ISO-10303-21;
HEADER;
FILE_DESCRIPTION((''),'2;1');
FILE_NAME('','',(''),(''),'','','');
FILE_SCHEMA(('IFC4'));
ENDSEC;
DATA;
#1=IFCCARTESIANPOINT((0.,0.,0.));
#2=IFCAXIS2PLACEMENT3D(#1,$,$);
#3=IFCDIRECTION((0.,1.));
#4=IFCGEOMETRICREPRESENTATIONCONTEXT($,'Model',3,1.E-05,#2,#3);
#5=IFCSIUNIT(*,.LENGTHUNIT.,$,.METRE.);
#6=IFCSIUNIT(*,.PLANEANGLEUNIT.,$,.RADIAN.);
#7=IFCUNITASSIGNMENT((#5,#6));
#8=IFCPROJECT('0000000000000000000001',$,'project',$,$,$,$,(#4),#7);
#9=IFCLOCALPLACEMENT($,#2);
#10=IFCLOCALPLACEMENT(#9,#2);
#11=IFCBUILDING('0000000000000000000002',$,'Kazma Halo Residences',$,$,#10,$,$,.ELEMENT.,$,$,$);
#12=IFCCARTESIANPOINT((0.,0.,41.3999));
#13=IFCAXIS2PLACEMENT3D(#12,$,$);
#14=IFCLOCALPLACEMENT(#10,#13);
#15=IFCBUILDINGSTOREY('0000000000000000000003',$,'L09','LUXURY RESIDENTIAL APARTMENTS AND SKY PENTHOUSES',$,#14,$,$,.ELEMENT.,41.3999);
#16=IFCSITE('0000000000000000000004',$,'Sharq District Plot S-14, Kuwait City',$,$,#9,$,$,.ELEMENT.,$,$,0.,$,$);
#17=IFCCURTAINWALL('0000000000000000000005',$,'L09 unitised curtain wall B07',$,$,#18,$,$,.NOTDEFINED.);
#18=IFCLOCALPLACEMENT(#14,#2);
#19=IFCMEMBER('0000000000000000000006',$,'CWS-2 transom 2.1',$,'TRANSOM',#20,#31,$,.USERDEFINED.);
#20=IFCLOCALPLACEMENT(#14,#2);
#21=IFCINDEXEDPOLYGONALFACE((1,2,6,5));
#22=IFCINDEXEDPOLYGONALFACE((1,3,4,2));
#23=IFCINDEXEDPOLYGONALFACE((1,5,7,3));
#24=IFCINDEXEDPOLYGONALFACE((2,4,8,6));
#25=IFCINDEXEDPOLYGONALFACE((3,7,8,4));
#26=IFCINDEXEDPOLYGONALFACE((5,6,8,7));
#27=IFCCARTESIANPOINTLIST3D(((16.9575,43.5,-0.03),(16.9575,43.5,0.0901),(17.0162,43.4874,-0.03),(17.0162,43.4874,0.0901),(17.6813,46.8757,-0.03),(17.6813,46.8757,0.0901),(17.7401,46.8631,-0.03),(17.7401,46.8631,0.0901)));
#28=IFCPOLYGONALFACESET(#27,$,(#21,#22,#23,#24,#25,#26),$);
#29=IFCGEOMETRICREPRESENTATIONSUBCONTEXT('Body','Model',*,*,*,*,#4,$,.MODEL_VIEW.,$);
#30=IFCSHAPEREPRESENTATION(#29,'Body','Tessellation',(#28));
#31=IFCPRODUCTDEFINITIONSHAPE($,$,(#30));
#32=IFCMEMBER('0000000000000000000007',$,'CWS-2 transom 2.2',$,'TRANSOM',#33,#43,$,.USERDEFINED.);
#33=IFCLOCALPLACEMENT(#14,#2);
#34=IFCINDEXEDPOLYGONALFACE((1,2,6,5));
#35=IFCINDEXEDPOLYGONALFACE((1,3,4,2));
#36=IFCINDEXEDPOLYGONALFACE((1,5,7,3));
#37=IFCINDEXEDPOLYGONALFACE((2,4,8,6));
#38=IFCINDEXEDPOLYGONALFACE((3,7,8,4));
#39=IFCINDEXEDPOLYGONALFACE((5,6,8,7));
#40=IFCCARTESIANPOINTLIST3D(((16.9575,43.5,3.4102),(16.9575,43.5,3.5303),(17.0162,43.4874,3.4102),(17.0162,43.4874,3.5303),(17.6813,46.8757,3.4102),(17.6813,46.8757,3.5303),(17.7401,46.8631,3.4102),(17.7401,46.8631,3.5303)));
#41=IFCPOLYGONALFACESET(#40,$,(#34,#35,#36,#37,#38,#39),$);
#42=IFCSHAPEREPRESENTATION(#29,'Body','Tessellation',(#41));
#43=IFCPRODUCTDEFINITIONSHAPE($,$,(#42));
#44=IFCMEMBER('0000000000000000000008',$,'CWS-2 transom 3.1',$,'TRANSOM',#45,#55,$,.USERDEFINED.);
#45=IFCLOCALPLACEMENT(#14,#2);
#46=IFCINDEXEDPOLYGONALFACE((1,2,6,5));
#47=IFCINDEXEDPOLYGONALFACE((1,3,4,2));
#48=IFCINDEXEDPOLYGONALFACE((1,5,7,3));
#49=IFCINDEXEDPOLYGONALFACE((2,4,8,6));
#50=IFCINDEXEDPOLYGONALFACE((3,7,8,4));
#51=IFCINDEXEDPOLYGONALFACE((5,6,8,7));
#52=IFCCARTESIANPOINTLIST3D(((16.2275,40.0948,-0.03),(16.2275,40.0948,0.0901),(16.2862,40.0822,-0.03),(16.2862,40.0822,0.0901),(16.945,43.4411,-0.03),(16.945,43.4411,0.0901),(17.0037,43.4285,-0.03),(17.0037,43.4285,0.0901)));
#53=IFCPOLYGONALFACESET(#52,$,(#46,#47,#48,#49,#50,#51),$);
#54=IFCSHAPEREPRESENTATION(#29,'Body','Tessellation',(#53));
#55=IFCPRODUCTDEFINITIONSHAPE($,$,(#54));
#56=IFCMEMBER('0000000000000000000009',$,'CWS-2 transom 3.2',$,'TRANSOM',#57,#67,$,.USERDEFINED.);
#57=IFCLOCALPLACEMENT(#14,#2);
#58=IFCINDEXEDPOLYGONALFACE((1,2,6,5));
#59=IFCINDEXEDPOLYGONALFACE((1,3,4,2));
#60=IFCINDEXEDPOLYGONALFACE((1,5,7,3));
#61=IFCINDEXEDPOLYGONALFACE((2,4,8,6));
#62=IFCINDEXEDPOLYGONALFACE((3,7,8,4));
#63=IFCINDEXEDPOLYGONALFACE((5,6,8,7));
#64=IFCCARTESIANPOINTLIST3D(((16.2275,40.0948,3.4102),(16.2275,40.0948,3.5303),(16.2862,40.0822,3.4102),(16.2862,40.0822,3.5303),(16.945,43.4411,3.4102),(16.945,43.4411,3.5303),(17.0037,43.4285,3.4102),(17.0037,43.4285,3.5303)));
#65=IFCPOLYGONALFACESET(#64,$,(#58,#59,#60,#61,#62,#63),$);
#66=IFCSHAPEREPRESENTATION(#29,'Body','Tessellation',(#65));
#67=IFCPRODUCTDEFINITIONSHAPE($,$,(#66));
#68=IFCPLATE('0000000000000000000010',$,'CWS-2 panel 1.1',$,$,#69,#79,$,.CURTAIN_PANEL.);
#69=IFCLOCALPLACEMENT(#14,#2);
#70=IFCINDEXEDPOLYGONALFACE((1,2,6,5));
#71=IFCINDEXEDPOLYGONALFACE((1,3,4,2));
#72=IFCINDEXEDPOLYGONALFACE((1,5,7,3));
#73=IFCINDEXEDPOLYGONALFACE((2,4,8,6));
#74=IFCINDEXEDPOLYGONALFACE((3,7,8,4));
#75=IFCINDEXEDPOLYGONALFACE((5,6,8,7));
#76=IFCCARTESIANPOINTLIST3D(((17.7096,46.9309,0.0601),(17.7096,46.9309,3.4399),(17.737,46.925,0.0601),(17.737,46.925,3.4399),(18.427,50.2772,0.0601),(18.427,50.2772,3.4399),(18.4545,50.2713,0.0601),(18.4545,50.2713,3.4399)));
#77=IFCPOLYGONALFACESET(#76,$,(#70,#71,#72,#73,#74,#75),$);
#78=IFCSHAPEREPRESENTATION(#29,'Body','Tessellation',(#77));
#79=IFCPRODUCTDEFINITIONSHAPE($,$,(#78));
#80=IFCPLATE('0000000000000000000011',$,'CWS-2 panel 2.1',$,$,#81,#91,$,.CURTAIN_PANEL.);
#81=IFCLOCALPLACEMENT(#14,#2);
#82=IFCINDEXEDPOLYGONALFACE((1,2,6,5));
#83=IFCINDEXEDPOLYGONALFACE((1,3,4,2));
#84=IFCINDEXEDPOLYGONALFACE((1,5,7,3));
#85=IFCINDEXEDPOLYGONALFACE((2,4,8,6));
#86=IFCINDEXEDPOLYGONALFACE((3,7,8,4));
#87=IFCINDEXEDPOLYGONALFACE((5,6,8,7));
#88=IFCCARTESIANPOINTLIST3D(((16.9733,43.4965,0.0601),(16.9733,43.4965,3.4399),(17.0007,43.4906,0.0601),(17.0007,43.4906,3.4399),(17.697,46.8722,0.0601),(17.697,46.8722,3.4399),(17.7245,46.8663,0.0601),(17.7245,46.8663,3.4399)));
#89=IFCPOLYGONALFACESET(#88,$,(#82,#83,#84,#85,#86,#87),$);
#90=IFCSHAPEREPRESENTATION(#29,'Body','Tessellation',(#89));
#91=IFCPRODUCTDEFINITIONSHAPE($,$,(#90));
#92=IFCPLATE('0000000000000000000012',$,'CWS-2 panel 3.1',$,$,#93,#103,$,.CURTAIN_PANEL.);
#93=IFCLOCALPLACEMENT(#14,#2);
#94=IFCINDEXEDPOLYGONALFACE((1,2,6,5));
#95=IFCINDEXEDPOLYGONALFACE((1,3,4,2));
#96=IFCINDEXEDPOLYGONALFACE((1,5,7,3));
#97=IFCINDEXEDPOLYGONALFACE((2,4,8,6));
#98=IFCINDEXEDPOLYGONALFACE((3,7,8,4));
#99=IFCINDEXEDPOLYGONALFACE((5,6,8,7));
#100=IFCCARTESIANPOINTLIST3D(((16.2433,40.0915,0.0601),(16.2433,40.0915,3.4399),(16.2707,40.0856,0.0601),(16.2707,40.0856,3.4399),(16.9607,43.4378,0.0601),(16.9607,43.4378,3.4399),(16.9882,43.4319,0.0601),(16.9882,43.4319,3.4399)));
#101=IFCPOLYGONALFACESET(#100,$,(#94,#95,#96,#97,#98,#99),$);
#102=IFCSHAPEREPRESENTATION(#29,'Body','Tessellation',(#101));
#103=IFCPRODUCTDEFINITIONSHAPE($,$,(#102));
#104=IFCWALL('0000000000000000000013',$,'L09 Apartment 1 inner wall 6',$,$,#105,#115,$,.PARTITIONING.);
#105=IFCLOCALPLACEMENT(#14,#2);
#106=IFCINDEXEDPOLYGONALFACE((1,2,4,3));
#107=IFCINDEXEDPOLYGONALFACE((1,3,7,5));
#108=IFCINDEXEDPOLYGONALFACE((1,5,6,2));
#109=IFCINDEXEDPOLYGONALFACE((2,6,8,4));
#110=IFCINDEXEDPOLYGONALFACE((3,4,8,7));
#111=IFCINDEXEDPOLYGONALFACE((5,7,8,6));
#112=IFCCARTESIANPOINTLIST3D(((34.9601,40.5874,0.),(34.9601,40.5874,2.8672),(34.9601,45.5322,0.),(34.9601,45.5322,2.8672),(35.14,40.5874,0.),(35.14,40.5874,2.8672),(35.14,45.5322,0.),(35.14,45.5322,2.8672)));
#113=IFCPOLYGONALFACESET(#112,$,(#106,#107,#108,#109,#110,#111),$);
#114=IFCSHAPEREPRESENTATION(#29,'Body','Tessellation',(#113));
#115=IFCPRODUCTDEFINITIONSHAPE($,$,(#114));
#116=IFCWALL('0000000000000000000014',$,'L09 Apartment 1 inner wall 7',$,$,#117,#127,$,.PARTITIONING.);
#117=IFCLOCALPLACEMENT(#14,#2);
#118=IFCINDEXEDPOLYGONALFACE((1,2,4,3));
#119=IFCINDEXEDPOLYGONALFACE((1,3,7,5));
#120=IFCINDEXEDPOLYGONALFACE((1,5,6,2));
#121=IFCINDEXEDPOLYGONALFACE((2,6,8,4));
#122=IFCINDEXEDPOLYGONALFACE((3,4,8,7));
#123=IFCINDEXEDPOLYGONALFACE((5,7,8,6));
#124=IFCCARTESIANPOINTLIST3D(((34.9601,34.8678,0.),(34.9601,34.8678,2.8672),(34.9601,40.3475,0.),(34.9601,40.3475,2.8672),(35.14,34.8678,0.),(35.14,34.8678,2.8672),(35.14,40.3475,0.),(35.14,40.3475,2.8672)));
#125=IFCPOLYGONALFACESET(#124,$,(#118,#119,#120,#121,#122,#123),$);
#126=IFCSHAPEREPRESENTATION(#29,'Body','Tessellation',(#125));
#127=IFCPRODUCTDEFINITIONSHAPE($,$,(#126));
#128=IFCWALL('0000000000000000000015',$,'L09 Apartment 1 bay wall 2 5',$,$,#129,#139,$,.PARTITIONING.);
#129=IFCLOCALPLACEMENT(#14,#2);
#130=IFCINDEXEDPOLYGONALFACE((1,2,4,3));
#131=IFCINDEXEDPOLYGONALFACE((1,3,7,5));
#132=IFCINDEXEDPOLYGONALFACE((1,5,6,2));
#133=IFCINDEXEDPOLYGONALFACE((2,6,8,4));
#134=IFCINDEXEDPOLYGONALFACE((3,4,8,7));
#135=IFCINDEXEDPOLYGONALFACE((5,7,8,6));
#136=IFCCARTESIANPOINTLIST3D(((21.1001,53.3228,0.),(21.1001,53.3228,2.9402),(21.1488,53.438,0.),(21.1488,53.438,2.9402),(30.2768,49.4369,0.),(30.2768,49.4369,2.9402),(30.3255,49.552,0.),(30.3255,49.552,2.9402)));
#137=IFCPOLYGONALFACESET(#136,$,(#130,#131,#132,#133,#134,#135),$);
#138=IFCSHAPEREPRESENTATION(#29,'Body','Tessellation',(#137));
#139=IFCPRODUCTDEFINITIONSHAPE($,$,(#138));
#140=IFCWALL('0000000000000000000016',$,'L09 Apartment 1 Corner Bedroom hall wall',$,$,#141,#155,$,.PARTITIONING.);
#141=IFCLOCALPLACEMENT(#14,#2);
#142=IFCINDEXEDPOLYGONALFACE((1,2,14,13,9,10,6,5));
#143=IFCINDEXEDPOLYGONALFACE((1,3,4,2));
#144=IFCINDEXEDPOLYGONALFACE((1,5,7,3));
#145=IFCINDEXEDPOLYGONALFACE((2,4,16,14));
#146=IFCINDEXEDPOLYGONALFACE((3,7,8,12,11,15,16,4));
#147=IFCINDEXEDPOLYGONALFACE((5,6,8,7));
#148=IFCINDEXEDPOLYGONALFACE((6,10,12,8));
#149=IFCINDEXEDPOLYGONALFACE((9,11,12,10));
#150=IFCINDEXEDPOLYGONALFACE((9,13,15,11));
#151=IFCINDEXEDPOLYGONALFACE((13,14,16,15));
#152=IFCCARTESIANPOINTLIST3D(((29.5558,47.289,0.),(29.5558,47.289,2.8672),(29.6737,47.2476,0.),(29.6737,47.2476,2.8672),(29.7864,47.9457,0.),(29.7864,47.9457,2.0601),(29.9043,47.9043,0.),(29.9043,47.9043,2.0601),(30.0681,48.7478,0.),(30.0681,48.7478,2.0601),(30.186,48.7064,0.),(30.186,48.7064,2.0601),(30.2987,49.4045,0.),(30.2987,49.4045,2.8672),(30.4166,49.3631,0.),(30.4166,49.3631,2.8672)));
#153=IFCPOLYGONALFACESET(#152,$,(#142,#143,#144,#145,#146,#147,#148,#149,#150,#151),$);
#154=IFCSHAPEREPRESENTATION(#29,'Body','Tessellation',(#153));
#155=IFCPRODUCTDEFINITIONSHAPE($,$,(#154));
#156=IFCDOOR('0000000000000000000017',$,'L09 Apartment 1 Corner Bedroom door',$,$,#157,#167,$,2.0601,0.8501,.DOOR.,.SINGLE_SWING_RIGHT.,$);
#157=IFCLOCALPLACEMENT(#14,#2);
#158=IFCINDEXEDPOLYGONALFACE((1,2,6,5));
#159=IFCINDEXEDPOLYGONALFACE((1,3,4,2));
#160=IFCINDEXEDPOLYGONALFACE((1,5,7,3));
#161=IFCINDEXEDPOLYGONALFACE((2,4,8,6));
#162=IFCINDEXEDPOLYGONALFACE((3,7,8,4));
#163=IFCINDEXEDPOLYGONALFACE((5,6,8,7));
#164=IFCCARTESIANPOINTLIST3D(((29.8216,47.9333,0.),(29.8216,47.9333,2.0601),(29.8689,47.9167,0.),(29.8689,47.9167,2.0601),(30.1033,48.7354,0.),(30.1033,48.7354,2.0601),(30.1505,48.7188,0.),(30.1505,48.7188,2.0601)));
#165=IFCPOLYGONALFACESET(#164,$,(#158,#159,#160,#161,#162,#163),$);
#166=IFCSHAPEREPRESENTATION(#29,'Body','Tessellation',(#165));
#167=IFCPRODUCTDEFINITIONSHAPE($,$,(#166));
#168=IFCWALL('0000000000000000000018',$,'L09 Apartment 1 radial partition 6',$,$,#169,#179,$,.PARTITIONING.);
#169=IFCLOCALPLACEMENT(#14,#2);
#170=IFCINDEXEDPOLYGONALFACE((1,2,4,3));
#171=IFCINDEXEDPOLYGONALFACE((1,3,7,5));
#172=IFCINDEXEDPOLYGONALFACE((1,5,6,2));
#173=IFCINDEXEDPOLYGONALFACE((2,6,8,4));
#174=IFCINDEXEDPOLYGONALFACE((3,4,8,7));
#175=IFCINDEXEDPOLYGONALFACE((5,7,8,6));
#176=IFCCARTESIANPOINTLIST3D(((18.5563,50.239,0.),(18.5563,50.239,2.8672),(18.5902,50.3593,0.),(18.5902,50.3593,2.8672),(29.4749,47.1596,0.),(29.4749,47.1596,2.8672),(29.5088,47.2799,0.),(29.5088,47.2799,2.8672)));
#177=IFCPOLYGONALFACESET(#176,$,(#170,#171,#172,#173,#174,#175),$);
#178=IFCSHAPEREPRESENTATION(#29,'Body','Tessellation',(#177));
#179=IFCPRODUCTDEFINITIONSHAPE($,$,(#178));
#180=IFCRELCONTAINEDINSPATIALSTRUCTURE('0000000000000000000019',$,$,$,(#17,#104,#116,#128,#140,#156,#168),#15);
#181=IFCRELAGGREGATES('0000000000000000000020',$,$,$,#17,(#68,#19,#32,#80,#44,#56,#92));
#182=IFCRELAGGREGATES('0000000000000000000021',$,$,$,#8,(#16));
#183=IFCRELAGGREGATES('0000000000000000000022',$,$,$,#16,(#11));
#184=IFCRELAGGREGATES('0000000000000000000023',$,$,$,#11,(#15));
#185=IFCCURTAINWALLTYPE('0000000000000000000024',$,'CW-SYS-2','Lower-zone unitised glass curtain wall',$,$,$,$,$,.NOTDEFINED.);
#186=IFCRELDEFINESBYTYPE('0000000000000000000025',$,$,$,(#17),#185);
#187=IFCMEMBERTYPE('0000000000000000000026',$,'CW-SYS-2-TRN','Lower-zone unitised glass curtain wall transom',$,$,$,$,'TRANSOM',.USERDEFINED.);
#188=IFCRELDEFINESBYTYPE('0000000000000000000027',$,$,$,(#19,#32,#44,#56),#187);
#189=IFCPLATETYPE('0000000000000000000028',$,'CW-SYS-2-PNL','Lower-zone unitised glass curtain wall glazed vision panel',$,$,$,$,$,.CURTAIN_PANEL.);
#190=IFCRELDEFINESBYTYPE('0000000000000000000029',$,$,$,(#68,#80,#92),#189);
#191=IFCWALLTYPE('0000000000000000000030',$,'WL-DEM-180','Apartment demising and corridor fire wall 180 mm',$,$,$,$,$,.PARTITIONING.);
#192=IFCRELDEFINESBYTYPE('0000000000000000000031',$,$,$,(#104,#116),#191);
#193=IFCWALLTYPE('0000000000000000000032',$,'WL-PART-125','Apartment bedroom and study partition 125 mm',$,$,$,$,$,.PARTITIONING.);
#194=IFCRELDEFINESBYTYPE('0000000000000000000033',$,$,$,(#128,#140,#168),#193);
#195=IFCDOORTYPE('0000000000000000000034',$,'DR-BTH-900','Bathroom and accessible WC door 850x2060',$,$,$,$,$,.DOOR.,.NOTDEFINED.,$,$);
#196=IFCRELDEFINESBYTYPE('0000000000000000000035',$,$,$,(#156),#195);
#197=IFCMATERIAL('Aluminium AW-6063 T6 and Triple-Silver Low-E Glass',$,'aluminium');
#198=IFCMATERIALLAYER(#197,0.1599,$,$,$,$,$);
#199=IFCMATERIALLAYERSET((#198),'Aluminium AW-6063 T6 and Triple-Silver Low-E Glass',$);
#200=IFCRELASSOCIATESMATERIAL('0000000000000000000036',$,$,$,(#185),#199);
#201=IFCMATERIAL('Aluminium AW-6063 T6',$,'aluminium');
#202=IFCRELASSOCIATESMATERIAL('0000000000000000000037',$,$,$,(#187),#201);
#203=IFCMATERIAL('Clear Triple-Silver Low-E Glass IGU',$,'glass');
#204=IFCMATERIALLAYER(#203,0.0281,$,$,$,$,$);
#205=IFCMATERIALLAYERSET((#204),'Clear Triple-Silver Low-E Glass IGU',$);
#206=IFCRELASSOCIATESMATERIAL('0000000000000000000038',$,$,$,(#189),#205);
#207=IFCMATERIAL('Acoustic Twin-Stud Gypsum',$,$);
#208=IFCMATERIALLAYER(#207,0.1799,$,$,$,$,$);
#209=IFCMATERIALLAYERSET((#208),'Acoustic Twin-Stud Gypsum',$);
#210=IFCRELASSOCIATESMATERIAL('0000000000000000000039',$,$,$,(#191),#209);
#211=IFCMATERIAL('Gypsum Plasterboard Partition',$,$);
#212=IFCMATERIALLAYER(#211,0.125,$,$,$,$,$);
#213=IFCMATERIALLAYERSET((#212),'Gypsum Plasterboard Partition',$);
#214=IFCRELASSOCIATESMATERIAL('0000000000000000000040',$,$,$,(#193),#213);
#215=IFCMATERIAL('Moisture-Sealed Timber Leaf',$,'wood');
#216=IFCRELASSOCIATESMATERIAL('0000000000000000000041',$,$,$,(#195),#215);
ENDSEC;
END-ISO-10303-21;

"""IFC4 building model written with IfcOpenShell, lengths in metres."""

from ifc_helpers import new_model, si_unit, direction, frame, frame_2d, origin, origin_2d, place, context, subcontext, project, spatial, rectangle, extrude, material, layer, layer_set, material_profile, profile_set, type_object, element, fill, aggregate, save


model = new_model("IFC4")

# Units and contexts
model_context = context("Model", 3, precision=1e-05, world=origin(), true_north=direction((0.0, 1.0)))
body_context = subcontext(model_context, "Body", "Model", "MODEL_VIEW")
ifc_project = project(units=[si_unit("LENGTHUNIT", "METRE"), si_unit("PLANEANGLEUNIT", "RADIAN")], contexts=[model_context])

# Site, building, storey
site_placement = place(None, origin())
site = spatial("IfcSite", under=ifc_project, at=site_placement, Name="Sharq District Plot S-14, Kuwait City", CompositionType="ELEMENT", RefElevation=0.0)
building_placement = place(site_placement, origin())
building = spatial("IfcBuilding", under=site, at=building_placement, Name="Kazma Halo Residences", CompositionType="ELEMENT")
storey_placement = place(building_placement, frame((0.0, 0.0, 41.3999)))
storey = spatial("IfcBuildingStorey", under=building, at=storey_placement, Name="L09", Description="LUXURY RESIDENTIAL APARTMENTS AND SKY PENTHOUSES", CompositionType="ELEMENT", Elevation=41.3999)

# Curtain wall, members, plates
ifc_material_1 = material(Name="Aluminium AW-6063 T6 and Triple-Silver Low-E Glass", Category="aluminium")
ifc_layer_1 = layer(ifc_material_1, 0.1599)
ifc_layer_set_1 = layer_set([ifc_layer_1], Name="Aluminium AW-6063 T6 and Triple-Silver Low-E Glass")
curtain_wall_type = type_object("IfcCurtainWallType", Name="CW-SYS-2", Description="Lower-zone unitised glass curtain wall", PredefinedType="NOTDEFINED", material=ifc_layer_set_1)
curtain_wall_placement = place(storey_placement, origin())
curtain_wall = element("IfcCurtainWall", 1, at=curtain_wall_placement, inside=storey, type_object=curtain_wall_type, Name="L09 unitised curtain wall B07", PredefinedType="NOTDEFINED")
ifc_material_2 = material(Name="Aluminium AW-6063 T6", Category="aluminium")
ifc_material_profile_1 = material_profile(ifc_material_2, rectangle(XDim=0.0601, YDim=0.1201, at=origin_2d()), Name="CWT-60x120")
ifc_profile_set_1 = profile_set([ifc_material_profile_1], Name="Aluminium AW-6063 T6")
member_type_1 = type_object("IfcMemberType", Name="CW-SYS-2-TRN", Description="Lower-zone unitised glass curtain wall transom", ElementType="TRANSOM", PredefinedType="USERDEFINED", material=ifc_profile_set_1)
member_1_placement = place(storey_placement, frame((17.7107, 46.8694, 0.03), z_axis=(-0.209669, -0.977772, 0.0), x_axis=(0.977772, -0.209669, 0.0)))
member_1 = element("IfcMember", 2, at=member_1_placement, type_object=member_type_1, Name="CWS-2 transom 2.1", ObjectType="TRANSOM", PredefinedType="USERDEFINED", context=body_context, shape_type="SweptSolid", body=[
    extrude(rectangle(XDim=0.0601, YDim=0.1201, at=origin_2d()), origin(), (0.0, 0.0, 1.0), 3.4524),
])
member_2_placement = place(storey_placement, frame((17.7107, 46.8694, 3.4702), z_axis=(-0.209669, -0.977772, 0.0), x_axis=(0.977772, -0.209669, 0.0)))
member_2 = element("IfcMember", 3, at=member_2_placement, type_object=member_type_1, Name="CWS-2 transom 2.2", ObjectType="TRANSOM", PredefinedType="USERDEFINED", context=body_context, shape_type="SweptSolid", body=[
    extrude(rectangle(XDim=0.0601, YDim=0.1201, at=origin_2d()), origin(), (0.0, 0.0, 1.0), 3.4524),
])
member_3_placement = place(storey_placement, frame((16.9744, 43.4348, 0.03), z_axis=(-0.209666, -0.977773, 0.0), x_axis=(0.977773, -0.209666, 0.0)))
member_3 = element("IfcMember", 4, at=member_3_placement, type_object=member_type_1, Name="CWS-2 transom 3.1", ObjectType="TRANSOM", PredefinedType="USERDEFINED", context=body_context, shape_type="SweptSolid", body=[
    extrude(rectangle(XDim=0.0601, YDim=0.1201, at=origin_2d()), origin(), (0.0, 0.0, 1.0), 3.4224),
])
member_4_placement = place(storey_placement, frame((16.9744, 43.4348, 3.4702), z_axis=(-0.209666, -0.977773, 0.0), x_axis=(0.977773, -0.209666, 0.0)))
member_4 = element("IfcMember", 5, at=member_4_placement, type_object=member_type_1, Name="CWS-2 transom 3.2", ObjectType="TRANSOM", PredefinedType="USERDEFINED", context=body_context, shape_type="SweptSolid", body=[
    extrude(rectangle(XDim=0.0601, YDim=0.1201, at=origin_2d()), origin(), (0.0, 0.0, 1.0), 3.4224),
])
ifc_material_3 = material(Name="Clear Triple-Silver Low-E Glass IGU", Category="glass")
ifc_layer_2 = layer(ifc_material_3, 0.0281)
ifc_layer_set_2 = layer_set([ifc_layer_2], Name="Clear Triple-Silver Low-E Glass IGU")
plate_type = type_object("IfcPlateType", Name="CW-SYS-2-PNL", Description="Lower-zone unitised glass curtain wall glazed vision panel", PredefinedType="CURTAIN_PANEL", material=ifc_layer_set_2)
plate_1_placement = place(storey_placement, frame((18.082, 48.6011, 0.0601), z_axis=(0.0, 0.0, 1.0), x_axis=(-0.209637, -0.977779, 0.0)))
plate_1 = element("IfcPlate", 6, at=plate_1_placement, type_object=plate_type, Name="CWS-2 panel 1.1", PredefinedType="CURTAIN_PANEL", context=body_context, shape_type="SweptSolid", body=[
    extrude(rectangle(XDim=3.4224, YDim=0.0281, at=origin_2d()), origin(), (0.0, 0.0, 1.0), 3.3799),
])
plate_2_placement = place(storey_placement, frame((17.3489, 45.1814, 0.0601), z_axis=(0.0, 0.0, 1.0), x_axis=(-0.209637, -0.977779, 0.0)))
plate_2 = element("IfcPlate", 7, at=plate_2_placement, type_object=plate_type, Name="CWS-2 panel 2.1", PredefinedType="CURTAIN_PANEL", context=body_context, shape_type="SweptSolid", body=[
    extrude(rectangle(XDim=3.4524, YDim=0.0281, at=origin_2d()), origin(), (0.0, 0.0, 1.0), 3.3799),
])
plate_3_placement = place(storey_placement, frame((16.6157, 41.7617, 0.0601), z_axis=(0.0, 0.0, 1.0), x_axis=(-0.209637, -0.977779, 0.0)))
plate_3 = element("IfcPlate", 8, at=plate_3_placement, type_object=plate_type, Name="CWS-2 panel 3.1", PredefinedType="CURTAIN_PANEL", context=body_context, shape_type="SweptSolid", body=[
    extrude(rectangle(XDim=3.4224, YDim=0.0281, at=origin_2d()), origin(), (0.0, 0.0, 1.0), 3.3799),
])
aggregate(curtain_wall, [plate_1, member_1, member_2, plate_2, member_3, member_4, plate_3])

# Walls
ifc_material_4 = material(Name="Acoustic Twin-Stud Gypsum")
ifc_layer_3 = layer(ifc_material_4, 0.1799)
ifc_layer_set_3 = layer_set([ifc_layer_3], Name="Acoustic Twin-Stud Gypsum")
wall_type_1 = type_object("IfcWallType", Name="WL-DEM-180", Description="Apartment demising and corridor fire wall 180 mm", PredefinedType="PARTITIONING", material=ifc_layer_set_3)
wall_1_placement = place(storey_placement, frame((35.05, 45.5322, 0.0), z_axis=(0.0, 0.0, 1.0), x_axis=(0.0, -1.0, 0.0)))
element("IfcWall", 9, at=wall_1_placement, inside=storey, type_object=wall_type_1, Name="L09 Apartment 1 inner wall 6", PredefinedType="PARTITIONING", context=body_context, shape_type="SweptSolid", body=[
    extrude(rectangle(XDim=4.9448, YDim=0.1799, at=frame_2d((2.4724, 0.0))), origin(), (0.0, 0.0, 1.0), 2.8672),
])
wall_2_placement = place(storey_placement, frame((35.05, 40.3474, 0.0), z_axis=(0.0, 0.0, 1.0), x_axis=(0.0, -1.0, 0.0)))
element("IfcWall", 10, at=wall_2_placement, inside=storey, type_object=wall_type_1, Name="L09 Apartment 1 inner wall 7", PredefinedType="PARTITIONING", context=body_context, shape_type="SweptSolid", body=[
    extrude(rectangle(XDim=5.4797, YDim=0.1799, at=frame_2d((2.7397, 0.0))), origin(), (0.0, 0.0, 1.0), 2.8672),
])
ifc_material_5 = material(Name="Gypsum Plasterboard Partition")
ifc_layer_4 = layer(ifc_material_5, 0.125)
ifc_layer_set_4 = layer_set([ifc_layer_4], Name="Gypsum Plasterboard Partition")
wall_type_2 = type_object("IfcWallType", Name="WL-PART-125", Description="Apartment bedroom and study partition 125 mm", PredefinedType="PARTITIONING", material=ifc_layer_set_4)
wall_3_placement = place(storey_placement, frame((30.3013, 49.4944, 0.0), z_axis=(0.0, 0.0, 1.0), x_axis=(-0.920841, 0.389939, 0.0)))
element("IfcWall", 11, at=wall_3_placement, inside=storey, type_object=wall_type_2, Name="L09 Apartment 1 bay wall 2 5", PredefinedType="PARTITIONING", context=body_context, shape_type="SweptSolid", body=[
    extrude(rectangle(XDim=9.9656, YDim=0.125, at=frame_2d((4.9829, 0.0))), origin(), (0.0, 0.0, 1.0), 2.9402),
])

# Wall, opening, door
wall_4_placement = place(storey_placement, frame((30.3577, 49.3838, 0.0), z_axis=(0.0, 0.0, 1.0), x_axis=(-0.331345, -0.94351, 0.0)))
wall_4 = element("IfcWall", 12, at=wall_4_placement, inside=storey, type_object=wall_type_2, Name="L09 Apartment 1 Corner Bedroom hall wall", PredefinedType="PARTITIONING", context=body_context, shape_type="SweptSolid", body=[
    extrude(rectangle(XDim=2.2422, YDim=0.125, at=frame_2d((1.1211, 0.0))), origin(), (0.0, 0.0, 1.0), 2.8672),
])
opening_1_placement = place(wall_4_placement, frame((0.696, 0.0, 0.0)))
opening_1 = element("IfcOpeningElement", 13, at=opening_1_placement, cuts=wall_4, PredefinedType="OPENING", context=body_context, shape_type="SweptSolid", body=[
    extrude(rectangle(XDim=0.8501, YDim=2.0601, at=frame_2d((0.425, 1.03))), frame((0.0, 0.0725, 0.0), z_axis=(0.0, -1.0, 0.0), x_axis=(1.0, 0.0, 0.0)), (0.0, 0.0, 1.0), 0.145),
])
ifc_material_6 = material(Name="Moisture-Sealed Timber Leaf", Category="wood")
door_type = type_object("IfcDoorType", Name="DR-BTH-900", Description="Bathroom and accessible WC door 850x2060", OperationType="NOTDEFINED", PredefinedType="DOOR", material=ifc_material_6)
door_1_placement = place(opening_1_placement, origin())
door_1 = element("IfcDoor", 14, at=door_1_placement, inside=storey, type_object=door_type, Name="L09 Apartment 1 Corner Bedroom door", OperationType="SINGLE_SWING_RIGHT", OverallHeight=2.0601, OverallWidth=0.8501, PredefinedType="DOOR", context=body_context, shape_type="SweptSolid", body=[
    extrude(rectangle(XDim=0.8501, YDim=2.0601, at=frame_2d((0.425, 1.03))), frame((0.0, 0.0249, 0.0), z_axis=(0.0, -1.0, 0.0), x_axis=(1.0, 0.0, 0.0)), (0.0, 0.0, 1.0), 0.05),
])
fill(opening_1, door_1)

# Wall
wall_5_placement = place(storey_placement, frame((29.4919, 47.2197, 0.0), z_axis=(0.0, 0.0, 1.0), x_axis=(-0.962455, 0.271442, 0.0)))
element("IfcWall", 15, at=wall_5_placement, inside=storey, type_object=wall_type_2, Name="L09 Apartment 1 radial partition 6", PredefinedType="PARTITIONING", context=body_context, shape_type="SweptSolid", body=[
    extrude(rectangle(XDim=11.3445, YDim=0.125, at=frame_2d((5.6724, 0.0))), origin(), (0.0, 0.0, 1.0), 2.8672),
])

save(model, "model.ifc")
